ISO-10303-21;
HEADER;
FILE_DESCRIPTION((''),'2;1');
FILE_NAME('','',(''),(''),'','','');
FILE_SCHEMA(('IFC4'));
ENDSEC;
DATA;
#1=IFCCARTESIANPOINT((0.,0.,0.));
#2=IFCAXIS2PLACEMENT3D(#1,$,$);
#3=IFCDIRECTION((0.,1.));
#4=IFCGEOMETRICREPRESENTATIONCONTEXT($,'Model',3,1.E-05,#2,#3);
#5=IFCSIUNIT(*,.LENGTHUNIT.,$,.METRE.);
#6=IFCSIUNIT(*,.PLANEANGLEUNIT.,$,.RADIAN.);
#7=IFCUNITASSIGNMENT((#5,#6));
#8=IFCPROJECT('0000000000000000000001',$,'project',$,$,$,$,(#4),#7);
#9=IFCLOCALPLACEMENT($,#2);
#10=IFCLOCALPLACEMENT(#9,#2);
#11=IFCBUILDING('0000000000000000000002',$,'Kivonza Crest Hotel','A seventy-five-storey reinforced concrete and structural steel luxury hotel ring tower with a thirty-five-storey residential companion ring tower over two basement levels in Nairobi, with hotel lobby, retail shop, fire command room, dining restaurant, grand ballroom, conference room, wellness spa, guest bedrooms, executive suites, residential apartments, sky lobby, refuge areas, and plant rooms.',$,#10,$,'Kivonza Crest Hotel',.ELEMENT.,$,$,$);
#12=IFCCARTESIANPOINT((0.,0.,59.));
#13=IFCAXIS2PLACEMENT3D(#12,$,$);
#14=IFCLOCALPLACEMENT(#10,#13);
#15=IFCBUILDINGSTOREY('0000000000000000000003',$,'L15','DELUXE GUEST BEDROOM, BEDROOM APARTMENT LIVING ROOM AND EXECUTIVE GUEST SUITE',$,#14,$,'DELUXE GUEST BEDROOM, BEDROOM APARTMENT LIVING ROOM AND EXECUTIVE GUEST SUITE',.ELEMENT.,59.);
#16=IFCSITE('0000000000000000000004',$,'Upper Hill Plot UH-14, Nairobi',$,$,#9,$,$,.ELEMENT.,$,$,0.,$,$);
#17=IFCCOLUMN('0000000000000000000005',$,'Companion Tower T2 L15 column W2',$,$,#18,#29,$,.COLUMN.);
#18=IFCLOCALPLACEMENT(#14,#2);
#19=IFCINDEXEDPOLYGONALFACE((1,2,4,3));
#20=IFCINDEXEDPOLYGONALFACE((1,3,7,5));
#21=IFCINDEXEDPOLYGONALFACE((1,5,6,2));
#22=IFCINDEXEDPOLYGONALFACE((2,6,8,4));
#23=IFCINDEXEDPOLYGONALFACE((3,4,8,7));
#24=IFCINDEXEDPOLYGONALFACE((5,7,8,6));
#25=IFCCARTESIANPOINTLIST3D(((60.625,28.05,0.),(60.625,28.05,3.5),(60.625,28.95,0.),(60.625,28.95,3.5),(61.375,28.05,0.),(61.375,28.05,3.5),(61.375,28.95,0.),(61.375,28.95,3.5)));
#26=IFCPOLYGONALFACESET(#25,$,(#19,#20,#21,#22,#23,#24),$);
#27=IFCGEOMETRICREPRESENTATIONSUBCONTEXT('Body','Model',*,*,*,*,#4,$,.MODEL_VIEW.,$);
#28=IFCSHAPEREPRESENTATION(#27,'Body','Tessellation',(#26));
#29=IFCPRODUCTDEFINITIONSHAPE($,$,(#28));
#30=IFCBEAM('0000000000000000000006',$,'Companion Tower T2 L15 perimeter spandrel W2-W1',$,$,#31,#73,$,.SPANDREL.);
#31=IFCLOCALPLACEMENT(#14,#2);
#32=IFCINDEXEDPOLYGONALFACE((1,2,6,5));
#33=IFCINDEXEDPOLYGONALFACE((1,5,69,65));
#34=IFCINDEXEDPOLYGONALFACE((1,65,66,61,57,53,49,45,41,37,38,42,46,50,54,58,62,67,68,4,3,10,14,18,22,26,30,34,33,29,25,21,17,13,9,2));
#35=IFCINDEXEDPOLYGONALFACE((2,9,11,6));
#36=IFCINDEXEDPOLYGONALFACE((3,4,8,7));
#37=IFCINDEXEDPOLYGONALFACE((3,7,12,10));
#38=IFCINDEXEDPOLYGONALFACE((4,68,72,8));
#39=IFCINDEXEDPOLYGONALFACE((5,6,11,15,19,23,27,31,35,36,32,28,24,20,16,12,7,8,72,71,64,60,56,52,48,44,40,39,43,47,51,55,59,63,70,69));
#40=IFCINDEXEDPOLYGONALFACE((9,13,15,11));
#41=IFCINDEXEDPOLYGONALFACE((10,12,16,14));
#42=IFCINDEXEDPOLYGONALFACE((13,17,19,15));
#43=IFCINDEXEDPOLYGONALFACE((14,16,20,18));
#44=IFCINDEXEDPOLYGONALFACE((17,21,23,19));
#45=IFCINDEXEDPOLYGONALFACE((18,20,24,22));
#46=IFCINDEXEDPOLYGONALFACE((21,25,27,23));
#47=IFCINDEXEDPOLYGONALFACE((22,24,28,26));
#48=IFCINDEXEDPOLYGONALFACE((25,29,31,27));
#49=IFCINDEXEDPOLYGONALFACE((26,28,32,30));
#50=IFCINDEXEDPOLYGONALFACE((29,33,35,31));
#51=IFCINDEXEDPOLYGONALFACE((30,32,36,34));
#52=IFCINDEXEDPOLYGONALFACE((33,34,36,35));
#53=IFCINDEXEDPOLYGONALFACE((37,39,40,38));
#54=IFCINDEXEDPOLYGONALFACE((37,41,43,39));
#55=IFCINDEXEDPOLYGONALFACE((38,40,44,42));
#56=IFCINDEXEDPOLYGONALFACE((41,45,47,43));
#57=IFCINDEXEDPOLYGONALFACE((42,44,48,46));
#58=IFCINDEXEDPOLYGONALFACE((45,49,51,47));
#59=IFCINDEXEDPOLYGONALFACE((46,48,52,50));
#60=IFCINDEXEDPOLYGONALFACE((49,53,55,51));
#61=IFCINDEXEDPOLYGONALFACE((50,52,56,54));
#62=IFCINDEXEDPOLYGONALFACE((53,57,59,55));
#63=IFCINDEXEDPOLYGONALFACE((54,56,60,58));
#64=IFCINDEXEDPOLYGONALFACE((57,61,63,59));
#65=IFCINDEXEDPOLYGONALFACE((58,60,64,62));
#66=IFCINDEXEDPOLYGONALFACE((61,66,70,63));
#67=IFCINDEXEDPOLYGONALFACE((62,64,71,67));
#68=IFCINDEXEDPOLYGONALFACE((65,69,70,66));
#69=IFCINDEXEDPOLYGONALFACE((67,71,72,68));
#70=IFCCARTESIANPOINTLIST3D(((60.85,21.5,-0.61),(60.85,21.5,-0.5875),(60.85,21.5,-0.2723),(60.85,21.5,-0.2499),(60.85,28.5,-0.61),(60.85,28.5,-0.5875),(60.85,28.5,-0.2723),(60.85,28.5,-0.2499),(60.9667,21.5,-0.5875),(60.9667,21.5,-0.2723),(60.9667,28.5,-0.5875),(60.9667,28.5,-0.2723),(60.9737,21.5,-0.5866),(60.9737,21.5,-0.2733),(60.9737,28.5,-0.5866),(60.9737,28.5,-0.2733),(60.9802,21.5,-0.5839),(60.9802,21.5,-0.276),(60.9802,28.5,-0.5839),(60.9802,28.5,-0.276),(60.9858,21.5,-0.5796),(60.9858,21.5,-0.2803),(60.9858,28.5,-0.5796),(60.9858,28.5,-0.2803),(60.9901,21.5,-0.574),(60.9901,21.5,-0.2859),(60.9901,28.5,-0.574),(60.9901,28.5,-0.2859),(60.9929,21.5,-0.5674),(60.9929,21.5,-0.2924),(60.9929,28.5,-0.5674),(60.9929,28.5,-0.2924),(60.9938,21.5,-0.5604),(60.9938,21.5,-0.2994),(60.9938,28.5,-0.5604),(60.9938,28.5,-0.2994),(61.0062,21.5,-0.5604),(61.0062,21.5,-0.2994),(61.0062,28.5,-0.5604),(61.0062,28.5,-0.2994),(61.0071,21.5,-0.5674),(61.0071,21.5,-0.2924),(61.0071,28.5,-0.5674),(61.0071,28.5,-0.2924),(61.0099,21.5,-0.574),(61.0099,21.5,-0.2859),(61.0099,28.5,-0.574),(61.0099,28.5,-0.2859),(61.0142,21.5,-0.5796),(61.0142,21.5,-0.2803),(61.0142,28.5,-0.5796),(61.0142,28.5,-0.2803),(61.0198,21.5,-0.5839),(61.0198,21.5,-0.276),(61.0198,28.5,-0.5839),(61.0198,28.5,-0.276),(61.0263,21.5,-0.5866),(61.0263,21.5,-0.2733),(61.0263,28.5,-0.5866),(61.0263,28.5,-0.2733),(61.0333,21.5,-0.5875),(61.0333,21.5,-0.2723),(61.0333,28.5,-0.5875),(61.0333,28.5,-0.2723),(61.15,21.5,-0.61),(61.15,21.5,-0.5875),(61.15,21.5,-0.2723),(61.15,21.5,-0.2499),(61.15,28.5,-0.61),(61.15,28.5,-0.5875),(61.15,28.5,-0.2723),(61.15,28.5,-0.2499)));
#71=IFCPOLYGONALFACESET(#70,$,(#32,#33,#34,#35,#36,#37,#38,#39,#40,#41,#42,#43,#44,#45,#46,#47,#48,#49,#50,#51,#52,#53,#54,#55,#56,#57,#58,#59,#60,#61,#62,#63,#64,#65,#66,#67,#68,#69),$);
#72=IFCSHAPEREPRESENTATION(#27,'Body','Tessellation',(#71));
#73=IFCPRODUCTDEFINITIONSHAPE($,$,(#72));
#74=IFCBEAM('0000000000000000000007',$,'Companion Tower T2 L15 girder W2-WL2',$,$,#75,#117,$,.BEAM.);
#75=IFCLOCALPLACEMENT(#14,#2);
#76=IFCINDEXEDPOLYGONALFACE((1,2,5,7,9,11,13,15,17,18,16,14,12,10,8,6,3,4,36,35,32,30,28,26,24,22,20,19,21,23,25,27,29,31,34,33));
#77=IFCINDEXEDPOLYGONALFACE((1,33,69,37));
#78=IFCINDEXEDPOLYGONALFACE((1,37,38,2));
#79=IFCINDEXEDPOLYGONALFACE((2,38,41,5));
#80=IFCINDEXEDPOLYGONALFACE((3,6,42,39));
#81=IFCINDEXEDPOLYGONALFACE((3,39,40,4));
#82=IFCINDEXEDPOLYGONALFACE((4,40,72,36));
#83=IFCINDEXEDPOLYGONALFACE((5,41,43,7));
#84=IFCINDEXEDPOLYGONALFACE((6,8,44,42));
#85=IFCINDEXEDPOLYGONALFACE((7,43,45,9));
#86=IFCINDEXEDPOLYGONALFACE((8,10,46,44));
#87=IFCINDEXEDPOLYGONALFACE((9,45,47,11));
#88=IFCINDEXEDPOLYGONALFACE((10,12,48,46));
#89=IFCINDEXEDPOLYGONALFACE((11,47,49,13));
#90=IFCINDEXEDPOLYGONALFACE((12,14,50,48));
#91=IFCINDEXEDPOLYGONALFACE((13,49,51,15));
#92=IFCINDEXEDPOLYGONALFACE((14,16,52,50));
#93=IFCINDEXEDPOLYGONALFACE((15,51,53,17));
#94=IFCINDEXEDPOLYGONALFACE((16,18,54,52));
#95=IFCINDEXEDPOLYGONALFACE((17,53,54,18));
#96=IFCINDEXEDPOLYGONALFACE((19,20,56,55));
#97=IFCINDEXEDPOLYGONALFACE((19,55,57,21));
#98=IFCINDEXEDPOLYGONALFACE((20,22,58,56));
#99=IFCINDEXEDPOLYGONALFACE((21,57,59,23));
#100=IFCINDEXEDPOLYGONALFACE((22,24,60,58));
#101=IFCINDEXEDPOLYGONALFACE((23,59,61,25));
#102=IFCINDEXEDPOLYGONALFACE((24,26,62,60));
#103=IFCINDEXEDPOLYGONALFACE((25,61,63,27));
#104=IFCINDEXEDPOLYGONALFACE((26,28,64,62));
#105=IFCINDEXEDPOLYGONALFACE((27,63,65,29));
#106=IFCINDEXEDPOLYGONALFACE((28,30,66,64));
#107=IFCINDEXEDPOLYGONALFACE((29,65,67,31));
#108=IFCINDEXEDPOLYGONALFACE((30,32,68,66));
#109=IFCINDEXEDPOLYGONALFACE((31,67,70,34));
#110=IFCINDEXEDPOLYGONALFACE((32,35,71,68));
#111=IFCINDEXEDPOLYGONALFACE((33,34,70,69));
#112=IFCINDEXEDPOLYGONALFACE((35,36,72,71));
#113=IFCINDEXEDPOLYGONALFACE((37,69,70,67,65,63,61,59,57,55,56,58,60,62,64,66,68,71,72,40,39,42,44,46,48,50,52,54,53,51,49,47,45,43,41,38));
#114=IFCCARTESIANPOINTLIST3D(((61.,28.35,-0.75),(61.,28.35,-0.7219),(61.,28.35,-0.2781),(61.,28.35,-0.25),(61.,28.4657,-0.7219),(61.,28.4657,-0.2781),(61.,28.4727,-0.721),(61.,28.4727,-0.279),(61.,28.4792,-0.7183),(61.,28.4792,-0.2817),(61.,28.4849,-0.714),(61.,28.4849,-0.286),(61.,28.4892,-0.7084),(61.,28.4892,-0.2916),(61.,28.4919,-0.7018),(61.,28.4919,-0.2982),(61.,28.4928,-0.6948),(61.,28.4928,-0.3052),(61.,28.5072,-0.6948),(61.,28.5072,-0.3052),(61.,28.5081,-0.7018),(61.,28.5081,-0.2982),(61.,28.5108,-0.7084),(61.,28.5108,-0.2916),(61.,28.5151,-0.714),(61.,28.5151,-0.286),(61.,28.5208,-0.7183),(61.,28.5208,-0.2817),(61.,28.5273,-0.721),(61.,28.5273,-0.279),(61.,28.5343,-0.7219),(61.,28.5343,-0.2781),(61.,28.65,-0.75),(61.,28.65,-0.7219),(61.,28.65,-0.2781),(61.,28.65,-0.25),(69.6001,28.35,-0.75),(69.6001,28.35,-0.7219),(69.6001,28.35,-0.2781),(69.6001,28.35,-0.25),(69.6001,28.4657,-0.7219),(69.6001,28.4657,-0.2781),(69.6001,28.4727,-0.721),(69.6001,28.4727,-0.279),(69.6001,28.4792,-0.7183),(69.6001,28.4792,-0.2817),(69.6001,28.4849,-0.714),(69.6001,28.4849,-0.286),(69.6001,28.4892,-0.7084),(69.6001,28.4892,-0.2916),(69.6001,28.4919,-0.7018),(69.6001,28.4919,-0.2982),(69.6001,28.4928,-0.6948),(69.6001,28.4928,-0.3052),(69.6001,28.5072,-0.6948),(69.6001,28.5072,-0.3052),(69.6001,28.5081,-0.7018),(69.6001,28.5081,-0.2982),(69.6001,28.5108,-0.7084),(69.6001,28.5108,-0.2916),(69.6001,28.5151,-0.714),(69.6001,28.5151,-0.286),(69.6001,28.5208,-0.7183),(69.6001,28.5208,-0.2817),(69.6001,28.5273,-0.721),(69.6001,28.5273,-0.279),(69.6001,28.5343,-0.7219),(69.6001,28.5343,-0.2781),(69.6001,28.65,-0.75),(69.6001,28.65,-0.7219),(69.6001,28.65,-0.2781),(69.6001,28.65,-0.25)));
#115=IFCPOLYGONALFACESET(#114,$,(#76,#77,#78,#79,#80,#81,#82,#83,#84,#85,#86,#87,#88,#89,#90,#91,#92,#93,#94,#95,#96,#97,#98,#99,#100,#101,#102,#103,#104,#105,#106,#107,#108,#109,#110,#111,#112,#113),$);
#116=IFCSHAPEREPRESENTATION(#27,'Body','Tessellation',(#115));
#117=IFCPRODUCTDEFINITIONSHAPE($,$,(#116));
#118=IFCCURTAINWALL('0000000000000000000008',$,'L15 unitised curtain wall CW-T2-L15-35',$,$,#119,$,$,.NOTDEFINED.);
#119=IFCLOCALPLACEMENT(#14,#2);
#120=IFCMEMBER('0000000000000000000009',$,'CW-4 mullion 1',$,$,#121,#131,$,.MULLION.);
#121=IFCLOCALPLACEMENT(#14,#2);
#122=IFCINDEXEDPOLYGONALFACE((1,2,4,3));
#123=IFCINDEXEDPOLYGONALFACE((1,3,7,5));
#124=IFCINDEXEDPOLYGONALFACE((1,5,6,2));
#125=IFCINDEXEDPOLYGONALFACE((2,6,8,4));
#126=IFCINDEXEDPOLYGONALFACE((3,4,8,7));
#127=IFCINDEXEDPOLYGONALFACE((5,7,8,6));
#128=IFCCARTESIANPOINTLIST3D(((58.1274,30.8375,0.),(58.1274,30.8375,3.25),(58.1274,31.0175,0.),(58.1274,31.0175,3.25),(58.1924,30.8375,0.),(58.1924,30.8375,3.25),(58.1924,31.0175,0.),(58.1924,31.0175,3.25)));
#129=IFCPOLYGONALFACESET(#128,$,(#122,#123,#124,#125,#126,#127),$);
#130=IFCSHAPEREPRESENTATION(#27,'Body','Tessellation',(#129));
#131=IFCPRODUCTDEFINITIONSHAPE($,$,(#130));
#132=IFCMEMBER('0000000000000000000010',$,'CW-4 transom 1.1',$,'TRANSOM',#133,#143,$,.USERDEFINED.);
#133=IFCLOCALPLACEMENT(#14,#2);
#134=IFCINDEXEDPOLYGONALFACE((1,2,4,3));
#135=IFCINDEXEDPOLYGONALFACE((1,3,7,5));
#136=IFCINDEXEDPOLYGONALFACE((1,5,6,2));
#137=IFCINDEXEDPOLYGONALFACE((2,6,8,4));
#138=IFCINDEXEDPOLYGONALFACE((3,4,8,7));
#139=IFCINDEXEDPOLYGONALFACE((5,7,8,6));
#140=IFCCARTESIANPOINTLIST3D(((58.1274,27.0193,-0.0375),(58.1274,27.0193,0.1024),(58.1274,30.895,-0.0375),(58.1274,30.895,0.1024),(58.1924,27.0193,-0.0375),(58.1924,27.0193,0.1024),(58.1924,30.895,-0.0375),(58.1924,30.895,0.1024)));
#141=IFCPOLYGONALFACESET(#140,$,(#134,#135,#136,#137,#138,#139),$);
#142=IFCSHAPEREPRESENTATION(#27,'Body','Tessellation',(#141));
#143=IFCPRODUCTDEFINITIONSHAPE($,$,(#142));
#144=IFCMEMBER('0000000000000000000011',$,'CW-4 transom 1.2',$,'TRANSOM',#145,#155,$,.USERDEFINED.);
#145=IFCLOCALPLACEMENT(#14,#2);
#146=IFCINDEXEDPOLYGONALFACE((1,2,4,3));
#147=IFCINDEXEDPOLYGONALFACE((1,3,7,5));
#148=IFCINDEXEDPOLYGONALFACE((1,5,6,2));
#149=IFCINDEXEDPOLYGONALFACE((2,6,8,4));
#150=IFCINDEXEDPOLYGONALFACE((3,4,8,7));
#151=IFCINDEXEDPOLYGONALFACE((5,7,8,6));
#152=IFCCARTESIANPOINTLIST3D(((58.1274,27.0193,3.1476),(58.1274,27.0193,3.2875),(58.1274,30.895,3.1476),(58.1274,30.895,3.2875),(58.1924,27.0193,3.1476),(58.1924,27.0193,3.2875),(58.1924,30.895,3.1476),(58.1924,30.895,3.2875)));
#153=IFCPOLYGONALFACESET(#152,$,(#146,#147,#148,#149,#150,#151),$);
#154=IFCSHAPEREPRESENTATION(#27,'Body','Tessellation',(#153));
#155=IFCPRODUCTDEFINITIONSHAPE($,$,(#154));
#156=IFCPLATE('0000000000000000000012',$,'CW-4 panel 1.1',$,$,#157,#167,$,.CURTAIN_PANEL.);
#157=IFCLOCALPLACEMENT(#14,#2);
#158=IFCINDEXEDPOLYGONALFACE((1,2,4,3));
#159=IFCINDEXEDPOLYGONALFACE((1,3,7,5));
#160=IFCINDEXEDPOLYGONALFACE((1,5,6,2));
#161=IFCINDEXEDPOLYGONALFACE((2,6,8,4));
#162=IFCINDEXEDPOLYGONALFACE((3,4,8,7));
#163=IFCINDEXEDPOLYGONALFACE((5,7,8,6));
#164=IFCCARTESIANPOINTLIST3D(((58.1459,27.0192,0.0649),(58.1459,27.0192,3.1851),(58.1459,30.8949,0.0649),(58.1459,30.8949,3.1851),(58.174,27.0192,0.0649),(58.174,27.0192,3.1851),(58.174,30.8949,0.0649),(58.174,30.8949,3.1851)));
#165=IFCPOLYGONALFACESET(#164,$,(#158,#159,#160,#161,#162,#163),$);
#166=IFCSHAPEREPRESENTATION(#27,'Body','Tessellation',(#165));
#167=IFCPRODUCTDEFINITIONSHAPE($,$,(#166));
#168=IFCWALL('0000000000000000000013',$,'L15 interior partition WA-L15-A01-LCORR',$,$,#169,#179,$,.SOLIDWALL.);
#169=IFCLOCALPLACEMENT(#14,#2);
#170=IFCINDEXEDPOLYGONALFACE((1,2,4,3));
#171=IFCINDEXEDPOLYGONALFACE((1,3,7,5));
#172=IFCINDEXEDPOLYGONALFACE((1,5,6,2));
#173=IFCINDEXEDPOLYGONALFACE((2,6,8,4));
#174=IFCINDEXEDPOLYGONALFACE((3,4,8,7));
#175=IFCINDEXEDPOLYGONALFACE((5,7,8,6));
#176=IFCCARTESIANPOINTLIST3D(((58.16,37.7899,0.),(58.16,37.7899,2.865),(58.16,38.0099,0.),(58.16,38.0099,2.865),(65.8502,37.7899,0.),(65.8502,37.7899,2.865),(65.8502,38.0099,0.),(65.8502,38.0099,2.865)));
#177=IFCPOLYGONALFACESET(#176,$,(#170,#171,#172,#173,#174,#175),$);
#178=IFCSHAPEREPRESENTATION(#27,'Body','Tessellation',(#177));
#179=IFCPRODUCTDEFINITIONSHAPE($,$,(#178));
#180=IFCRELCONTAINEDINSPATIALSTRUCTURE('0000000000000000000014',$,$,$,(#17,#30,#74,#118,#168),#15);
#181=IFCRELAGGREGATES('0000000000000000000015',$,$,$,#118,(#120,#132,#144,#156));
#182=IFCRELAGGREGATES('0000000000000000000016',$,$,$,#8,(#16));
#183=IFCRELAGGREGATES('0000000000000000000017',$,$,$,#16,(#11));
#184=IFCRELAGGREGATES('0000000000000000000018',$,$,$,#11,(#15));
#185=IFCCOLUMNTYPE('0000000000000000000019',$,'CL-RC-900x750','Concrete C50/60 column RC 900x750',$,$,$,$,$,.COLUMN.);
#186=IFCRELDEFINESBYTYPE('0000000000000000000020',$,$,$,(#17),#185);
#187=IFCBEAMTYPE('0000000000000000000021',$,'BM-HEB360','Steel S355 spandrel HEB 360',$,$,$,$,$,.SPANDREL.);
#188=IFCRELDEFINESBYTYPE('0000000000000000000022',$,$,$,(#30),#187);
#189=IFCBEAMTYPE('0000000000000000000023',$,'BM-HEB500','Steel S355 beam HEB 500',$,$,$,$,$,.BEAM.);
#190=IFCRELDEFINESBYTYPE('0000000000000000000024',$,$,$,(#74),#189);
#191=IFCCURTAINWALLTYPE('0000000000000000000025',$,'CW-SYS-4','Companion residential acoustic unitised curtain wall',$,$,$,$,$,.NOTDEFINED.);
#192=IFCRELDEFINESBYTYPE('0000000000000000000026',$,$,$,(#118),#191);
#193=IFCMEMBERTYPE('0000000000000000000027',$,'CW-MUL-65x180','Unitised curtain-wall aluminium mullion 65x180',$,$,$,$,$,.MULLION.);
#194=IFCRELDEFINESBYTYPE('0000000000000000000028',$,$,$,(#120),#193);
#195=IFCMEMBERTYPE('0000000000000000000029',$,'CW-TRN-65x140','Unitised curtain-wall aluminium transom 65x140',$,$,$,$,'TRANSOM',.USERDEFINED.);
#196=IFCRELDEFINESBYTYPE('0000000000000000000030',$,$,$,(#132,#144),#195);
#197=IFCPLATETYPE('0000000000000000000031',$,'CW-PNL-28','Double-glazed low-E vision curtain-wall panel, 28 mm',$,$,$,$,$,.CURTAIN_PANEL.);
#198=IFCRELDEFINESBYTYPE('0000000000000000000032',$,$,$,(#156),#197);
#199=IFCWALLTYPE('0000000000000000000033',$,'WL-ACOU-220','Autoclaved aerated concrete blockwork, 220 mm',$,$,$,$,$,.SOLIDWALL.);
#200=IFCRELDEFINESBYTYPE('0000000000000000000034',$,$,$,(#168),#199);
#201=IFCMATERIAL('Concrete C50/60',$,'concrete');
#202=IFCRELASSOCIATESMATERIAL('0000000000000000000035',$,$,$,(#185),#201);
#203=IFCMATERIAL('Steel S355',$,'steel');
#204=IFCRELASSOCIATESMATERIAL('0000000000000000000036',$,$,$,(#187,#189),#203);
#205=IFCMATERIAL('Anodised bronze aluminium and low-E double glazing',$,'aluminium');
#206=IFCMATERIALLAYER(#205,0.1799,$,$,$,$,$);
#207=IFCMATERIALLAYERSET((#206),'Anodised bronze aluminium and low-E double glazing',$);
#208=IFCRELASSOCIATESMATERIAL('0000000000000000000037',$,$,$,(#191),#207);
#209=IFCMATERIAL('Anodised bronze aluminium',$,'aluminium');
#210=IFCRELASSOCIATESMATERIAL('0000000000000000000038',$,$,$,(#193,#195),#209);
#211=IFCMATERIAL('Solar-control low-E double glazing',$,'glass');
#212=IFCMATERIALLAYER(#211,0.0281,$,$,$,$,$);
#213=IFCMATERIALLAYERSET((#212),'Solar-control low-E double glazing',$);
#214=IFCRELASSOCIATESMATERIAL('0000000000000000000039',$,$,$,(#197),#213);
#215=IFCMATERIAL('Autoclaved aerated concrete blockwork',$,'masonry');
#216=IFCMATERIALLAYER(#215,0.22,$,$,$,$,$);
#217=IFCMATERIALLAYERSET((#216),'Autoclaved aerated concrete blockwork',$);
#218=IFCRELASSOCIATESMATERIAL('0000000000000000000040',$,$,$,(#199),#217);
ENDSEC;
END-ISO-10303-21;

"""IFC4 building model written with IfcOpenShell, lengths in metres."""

from ifc_helpers import new_model, si_unit, direction, frame, frame_2d, origin, origin_2d, place, context, subcontext, project, spatial, rectangle, i_section, extrude, material, layer, layer_set, material_profile, profile_set, type_object, element, aggregate, save


model = new_model("IFC4")

# Units and contexts
model_context = context("Model", 3, precision=1e-05, world=origin(), true_north=direction((0.0, 1.0)))
body_context = subcontext(model_context, "Body", "Model", "MODEL_VIEW")
ifc_project = project(units=[si_unit("LENGTHUNIT", "METRE"), si_unit("PLANEANGLEUNIT", "RADIAN")], contexts=[model_context])

# Site, building, storey
site_placement = place(None, origin())
site = spatial("IfcSite", under=ifc_project, at=site_placement, Name="Upper Hill Plot UH-14, Nairobi", CompositionType="ELEMENT", RefElevation=0.0)
building_placement = place(site_placement, origin())
building = spatial("IfcBuilding", under=site, at=building_placement, Name="Kivonza Crest Hotel", Description="A seventy-five-storey reinforced concrete and structural steel luxury hotel ring tower with a thirty-five-storey residential companion ring tower over two basement levels in Nairobi, with hotel lobby, retail shop, fire command room, dining restaurant, grand ballroom, conference room, wellness spa, guest bedrooms, executive suites, residential apartments, sky lobby, refuge areas, and plant rooms.", LongName="Kivonza Crest Hotel", CompositionType="ELEMENT")
storey_placement = place(building_placement, frame((0.0, 0.0, 59.0)))
storey = spatial("IfcBuildingStorey", under=building, at=storey_placement, Name="L15", Description="DELUXE GUEST BEDROOM, BEDROOM APARTMENT LIVING ROOM AND EXECUTIVE GUEST SUITE", LongName="DELUXE GUEST BEDROOM, BEDROOM APARTMENT LIVING ROOM AND EXECUTIVE GUEST SUITE", CompositionType="ELEMENT", Elevation=59.0)

# Column
ifc_material_1 = material(Name="Concrete C50/60", Category="concrete")
ifc_material_profile_1 = material_profile(ifc_material_1, rectangle(XDim=0.75, YDim=0.8999, at=origin_2d()), Name="RC 900x750")
ifc_profile_set_1 = profile_set([ifc_material_profile_1], Name="Concrete C50/60")
column_type = type_object("IfcColumnType", Name="CL-RC-900x750", Description="Concrete C50/60 column RC 900x750", PredefinedType="COLUMN", material=ifc_profile_set_1)
column_placement = place(storey_placement, frame((61.0, 28.5, 0.0), z_axis=(0.0, 0.0, 1.0), x_axis=(1.0, 0.0, 0.0)))
element("IfcColumn", 1, at=column_placement, inside=storey, type_object=column_type, Name="Companion Tower T2 L15 column W2", PredefinedType="COLUMN", context=body_context, shape_type="SweptSolid", body=[
    extrude(rectangle(XDim=0.75, YDim=0.8999, at=origin_2d()), origin(), (0.0, 0.0, 1.0), 3.5),
])

# Beams
ifc_material_2 = material(Name="Steel S355", Category="steel")
ifc_material_profile_2 = material_profile(ifc_material_2, i_section(OverallWidth=0.3, OverallDepth=0.3601, WebThickness=0.0125, FlangeThickness=0.0225, FilletRadius=0.0271, at=origin_2d()), Name="HEB 360")
ifc_profile_set_2 = profile_set([ifc_material_profile_2], Name="Steel S355")
beam_type_1 = type_object("IfcBeamType", Name="BM-HEB360", Description="Steel S355 spandrel HEB 360", PredefinedType="SPANDREL", material=ifc_profile_set_2)
beam_1_placement = place(storey_placement, frame((61.0, 28.5, -0.4299), z_axis=(0.0, -1.0, 0.0), x_axis=(1.0, 0.0, 0.0)))
element("IfcBeam", 2, at=beam_1_placement, inside=storey, type_object=beam_type_1, Name="Companion Tower T2 L15 perimeter spandrel W2-W1", PredefinedType="SPANDREL", context=body_context, shape_type="SweptSolid", body=[
    extrude(i_section(OverallWidth=0.3, OverallDepth=0.3601, WebThickness=0.0125, FlangeThickness=0.0225, FilletRadius=0.0271, at=origin_2d()), origin(), (0.0, 0.0, 1.0), 7.0),
])
ifc_material_profile_3 = material_profile(ifc_material_2, i_section(OverallWidth=0.3, OverallDepth=0.5, WebThickness=0.0144, FlangeThickness=0.0281, FilletRadius=0.0271, at=origin_2d()), Name="HEB 500")
ifc_profile_set_3 = profile_set([ifc_material_profile_3], Name="Steel S355")
beam_type_2 = type_object("IfcBeamType", Name="BM-HEB500", Description="Steel S355 beam HEB 500", PredefinedType="BEAM", material=ifc_profile_set_3)
beam_2_placement = place(storey_placement, frame((61.0, 28.5, -0.5), z_axis=(1.0, 0.0, 0.0), x_axis=(0.0, 1.0, 0.0)))
element("IfcBeam", 3, at=beam_2_placement, inside=storey, type_object=beam_type_2, Name="Companion Tower T2 L15 girder W2-WL2", PredefinedType="BEAM", context=body_context, shape_type="SweptSolid", body=[
    extrude(i_section(OverallWidth=0.3, OverallDepth=0.5, WebThickness=0.0144, FlangeThickness=0.0281, FilletRadius=0.0271, at=origin_2d()), origin(), (0.0, 0.0, 1.0), 8.6001),
])

# Curtain wall, members, plate
ifc_material_3 = material(Name="Anodised bronze aluminium and low-E double glazing", Category="aluminium")
ifc_layer_1 = layer(ifc_material_3, 0.1799)
ifc_layer_set_1 = layer_set([ifc_layer_1], Name="Anodised bronze aluminium and low-E double glazing")
curtain_wall_type = type_object("IfcCurtainWallType", Name="CW-SYS-4", Description="Companion residential acoustic unitised curtain wall", PredefinedType="NOTDEFINED", material=ifc_layer_set_1)
curtain_wall_placement = place(storey_placement, origin())
curtain_wall = element("IfcCurtainWall", 4, at=curtain_wall_placement, inside=storey, type_object=curtain_wall_type, Name="L15 unitised curtain wall CW-T2-L15-35", PredefinedType="NOTDEFINED")
ifc_material_4 = material(Name="Anodised bronze aluminium", Category="aluminium")
ifc_material_profile_4 = material_profile(ifc_material_4, rectangle(XDim=0.0649, YDim=0.1799, at=origin_2d()), Name="CW-M 65x180")
ifc_profile_set_4 = profile_set([ifc_material_profile_4], Name="Anodised bronze aluminium")
member_type_1 = type_object("IfcMemberType", Name="CW-MUL-65x180", Description="Unitised curtain-wall aluminium mullion 65x180", PredefinedType="MULLION", material=ifc_profile_set_4)
member_1_placement = place(storey_placement, frame((58.1599, 30.9275, 0.0), z_axis=(0.0, 0.0, 1.0), x_axis=(1.0, 0.0, 0.0)))
member_1 = element("IfcMember", 5, at=member_1_placement, type_object=member_type_1, Name="CW-4 mullion 1", PredefinedType="MULLION", context=body_context, shape_type="SweptSolid", body=[
    extrude(rectangle(XDim=0.0649, YDim=0.1799, at=origin_2d()), origin(), (0.0, 0.0, 1.0), 3.25),
])
ifc_material_profile_5 = material_profile(ifc_material_4, rectangle(XDim=0.0649, YDim=0.1399, at=origin_2d()), Name="CW-T 65x140")
ifc_profile_set_5 = profile_set([ifc_material_profile_5], Name="Anodised bronze aluminium")
member_type_2 = type_object("IfcMemberType", Name="CW-TRN-65x140", Description="Unitised curtain-wall aluminium transom 65x140", ElementType="TRANSOM", PredefinedType="USERDEFINED", material=ifc_profile_set_5)
member_2_placement = place(storey_placement, frame((58.1599, 30.895, 0.0325), z_axis=(0.0, -1.0, 0.0), x_axis=(1.0, 0.0, 0.0)))
member_2 = element("IfcMember", 6, at=member_2_placement, type_object=member_type_2, Name="CW-4 transom 1.1", ObjectType="TRANSOM", PredefinedType="USERDEFINED", context=body_context, shape_type="SweptSolid", body=[
    extrude(rectangle(XDim=0.0649, YDim=0.1399, at=origin_2d()), origin(), (0.0, 0.0, 1.0), 3.8757),
])
member_3_placement = place(storey_placement, frame((58.1599, 30.895, 3.2175), z_axis=(0.0, -1.0, 0.0), x_axis=(1.0, 0.0, 0.0)))
member_3 = element("IfcMember", 7, at=member_3_placement, type_object=member_type_2, Name="CW-4 transom 1.2", ObjectType="TRANSOM", PredefinedType="USERDEFINED", context=body_context, shape_type="SweptSolid", body=[
    extrude(rectangle(XDim=0.0649, YDim=0.1399, at=origin_2d()), origin(), (0.0, 0.0, 1.0), 3.8757),
])
ifc_material_5 = material(Name="Solar-control low-E double glazing", Category="glass")
ifc_layer_2 = layer(ifc_material_5, 0.0281)
ifc_layer_set_2 = layer_set([ifc_layer_2], Name="Solar-control low-E double glazing")
plate_type = type_object("IfcPlateType", Name="CW-PNL-28", Description="Double-glazed low-E vision curtain-wall panel, 28 mm", PredefinedType="CURTAIN_PANEL", material=ifc_layer_set_2)
plate_placement = place(storey_placement, frame((58.1599, 28.957, 0.0649), z_axis=(0.0, 0.0, 1.0), x_axis=(0.0, -1.0, 0.0)))
plate = element("IfcPlate", 8, at=plate_placement, type_object=plate_type, Name="CW-4 panel 1.1", PredefinedType="CURTAIN_PANEL", context=body_context, shape_type="SweptSolid", body=[
    extrude(rectangle(XDim=3.8757, YDim=0.0281, at=origin_2d()), origin(), (0.0, 0.0, 1.0), 3.1201),
])
aggregate(curtain_wall, [member_1, member_2, member_3, plate])

# Wall
ifc_material_6 = material(Name="Autoclaved aerated concrete blockwork", Category="masonry")
ifc_layer_3 = layer(ifc_material_6, 0.22)
ifc_layer_set_3 = layer_set([ifc_layer_3], Name="Autoclaved aerated concrete blockwork")
wall_type_1 = type_object("IfcWallType", Name="WL-ACOU-220", Description="Autoclaved aerated concrete blockwork, 220 mm", PredefinedType="SOLIDWALL", material=ifc_layer_set_3)
wall_1_placement = place(storey_placement, frame((58.1599, 37.8999, 0.0), z_axis=(0.0, 0.0, 1.0), x_axis=(1.0, 0.0, 0.0)))
element("IfcWall", 9, at=wall_1_placement, inside=storey, type_object=wall_type_1, Name="L15 interior partition WA-L15-A01-LCORR", PredefinedType="SOLIDWALL", context=body_context, shape_type="SweptSolid", body=[
    extrude(rectangle(XDim=7.6902, YDim=0.22, at=frame_2d((3.8452, 0.0))), origin(), (0.0, 0.0, 1.0), 2.865),
])

save(model, "model.ifc")
